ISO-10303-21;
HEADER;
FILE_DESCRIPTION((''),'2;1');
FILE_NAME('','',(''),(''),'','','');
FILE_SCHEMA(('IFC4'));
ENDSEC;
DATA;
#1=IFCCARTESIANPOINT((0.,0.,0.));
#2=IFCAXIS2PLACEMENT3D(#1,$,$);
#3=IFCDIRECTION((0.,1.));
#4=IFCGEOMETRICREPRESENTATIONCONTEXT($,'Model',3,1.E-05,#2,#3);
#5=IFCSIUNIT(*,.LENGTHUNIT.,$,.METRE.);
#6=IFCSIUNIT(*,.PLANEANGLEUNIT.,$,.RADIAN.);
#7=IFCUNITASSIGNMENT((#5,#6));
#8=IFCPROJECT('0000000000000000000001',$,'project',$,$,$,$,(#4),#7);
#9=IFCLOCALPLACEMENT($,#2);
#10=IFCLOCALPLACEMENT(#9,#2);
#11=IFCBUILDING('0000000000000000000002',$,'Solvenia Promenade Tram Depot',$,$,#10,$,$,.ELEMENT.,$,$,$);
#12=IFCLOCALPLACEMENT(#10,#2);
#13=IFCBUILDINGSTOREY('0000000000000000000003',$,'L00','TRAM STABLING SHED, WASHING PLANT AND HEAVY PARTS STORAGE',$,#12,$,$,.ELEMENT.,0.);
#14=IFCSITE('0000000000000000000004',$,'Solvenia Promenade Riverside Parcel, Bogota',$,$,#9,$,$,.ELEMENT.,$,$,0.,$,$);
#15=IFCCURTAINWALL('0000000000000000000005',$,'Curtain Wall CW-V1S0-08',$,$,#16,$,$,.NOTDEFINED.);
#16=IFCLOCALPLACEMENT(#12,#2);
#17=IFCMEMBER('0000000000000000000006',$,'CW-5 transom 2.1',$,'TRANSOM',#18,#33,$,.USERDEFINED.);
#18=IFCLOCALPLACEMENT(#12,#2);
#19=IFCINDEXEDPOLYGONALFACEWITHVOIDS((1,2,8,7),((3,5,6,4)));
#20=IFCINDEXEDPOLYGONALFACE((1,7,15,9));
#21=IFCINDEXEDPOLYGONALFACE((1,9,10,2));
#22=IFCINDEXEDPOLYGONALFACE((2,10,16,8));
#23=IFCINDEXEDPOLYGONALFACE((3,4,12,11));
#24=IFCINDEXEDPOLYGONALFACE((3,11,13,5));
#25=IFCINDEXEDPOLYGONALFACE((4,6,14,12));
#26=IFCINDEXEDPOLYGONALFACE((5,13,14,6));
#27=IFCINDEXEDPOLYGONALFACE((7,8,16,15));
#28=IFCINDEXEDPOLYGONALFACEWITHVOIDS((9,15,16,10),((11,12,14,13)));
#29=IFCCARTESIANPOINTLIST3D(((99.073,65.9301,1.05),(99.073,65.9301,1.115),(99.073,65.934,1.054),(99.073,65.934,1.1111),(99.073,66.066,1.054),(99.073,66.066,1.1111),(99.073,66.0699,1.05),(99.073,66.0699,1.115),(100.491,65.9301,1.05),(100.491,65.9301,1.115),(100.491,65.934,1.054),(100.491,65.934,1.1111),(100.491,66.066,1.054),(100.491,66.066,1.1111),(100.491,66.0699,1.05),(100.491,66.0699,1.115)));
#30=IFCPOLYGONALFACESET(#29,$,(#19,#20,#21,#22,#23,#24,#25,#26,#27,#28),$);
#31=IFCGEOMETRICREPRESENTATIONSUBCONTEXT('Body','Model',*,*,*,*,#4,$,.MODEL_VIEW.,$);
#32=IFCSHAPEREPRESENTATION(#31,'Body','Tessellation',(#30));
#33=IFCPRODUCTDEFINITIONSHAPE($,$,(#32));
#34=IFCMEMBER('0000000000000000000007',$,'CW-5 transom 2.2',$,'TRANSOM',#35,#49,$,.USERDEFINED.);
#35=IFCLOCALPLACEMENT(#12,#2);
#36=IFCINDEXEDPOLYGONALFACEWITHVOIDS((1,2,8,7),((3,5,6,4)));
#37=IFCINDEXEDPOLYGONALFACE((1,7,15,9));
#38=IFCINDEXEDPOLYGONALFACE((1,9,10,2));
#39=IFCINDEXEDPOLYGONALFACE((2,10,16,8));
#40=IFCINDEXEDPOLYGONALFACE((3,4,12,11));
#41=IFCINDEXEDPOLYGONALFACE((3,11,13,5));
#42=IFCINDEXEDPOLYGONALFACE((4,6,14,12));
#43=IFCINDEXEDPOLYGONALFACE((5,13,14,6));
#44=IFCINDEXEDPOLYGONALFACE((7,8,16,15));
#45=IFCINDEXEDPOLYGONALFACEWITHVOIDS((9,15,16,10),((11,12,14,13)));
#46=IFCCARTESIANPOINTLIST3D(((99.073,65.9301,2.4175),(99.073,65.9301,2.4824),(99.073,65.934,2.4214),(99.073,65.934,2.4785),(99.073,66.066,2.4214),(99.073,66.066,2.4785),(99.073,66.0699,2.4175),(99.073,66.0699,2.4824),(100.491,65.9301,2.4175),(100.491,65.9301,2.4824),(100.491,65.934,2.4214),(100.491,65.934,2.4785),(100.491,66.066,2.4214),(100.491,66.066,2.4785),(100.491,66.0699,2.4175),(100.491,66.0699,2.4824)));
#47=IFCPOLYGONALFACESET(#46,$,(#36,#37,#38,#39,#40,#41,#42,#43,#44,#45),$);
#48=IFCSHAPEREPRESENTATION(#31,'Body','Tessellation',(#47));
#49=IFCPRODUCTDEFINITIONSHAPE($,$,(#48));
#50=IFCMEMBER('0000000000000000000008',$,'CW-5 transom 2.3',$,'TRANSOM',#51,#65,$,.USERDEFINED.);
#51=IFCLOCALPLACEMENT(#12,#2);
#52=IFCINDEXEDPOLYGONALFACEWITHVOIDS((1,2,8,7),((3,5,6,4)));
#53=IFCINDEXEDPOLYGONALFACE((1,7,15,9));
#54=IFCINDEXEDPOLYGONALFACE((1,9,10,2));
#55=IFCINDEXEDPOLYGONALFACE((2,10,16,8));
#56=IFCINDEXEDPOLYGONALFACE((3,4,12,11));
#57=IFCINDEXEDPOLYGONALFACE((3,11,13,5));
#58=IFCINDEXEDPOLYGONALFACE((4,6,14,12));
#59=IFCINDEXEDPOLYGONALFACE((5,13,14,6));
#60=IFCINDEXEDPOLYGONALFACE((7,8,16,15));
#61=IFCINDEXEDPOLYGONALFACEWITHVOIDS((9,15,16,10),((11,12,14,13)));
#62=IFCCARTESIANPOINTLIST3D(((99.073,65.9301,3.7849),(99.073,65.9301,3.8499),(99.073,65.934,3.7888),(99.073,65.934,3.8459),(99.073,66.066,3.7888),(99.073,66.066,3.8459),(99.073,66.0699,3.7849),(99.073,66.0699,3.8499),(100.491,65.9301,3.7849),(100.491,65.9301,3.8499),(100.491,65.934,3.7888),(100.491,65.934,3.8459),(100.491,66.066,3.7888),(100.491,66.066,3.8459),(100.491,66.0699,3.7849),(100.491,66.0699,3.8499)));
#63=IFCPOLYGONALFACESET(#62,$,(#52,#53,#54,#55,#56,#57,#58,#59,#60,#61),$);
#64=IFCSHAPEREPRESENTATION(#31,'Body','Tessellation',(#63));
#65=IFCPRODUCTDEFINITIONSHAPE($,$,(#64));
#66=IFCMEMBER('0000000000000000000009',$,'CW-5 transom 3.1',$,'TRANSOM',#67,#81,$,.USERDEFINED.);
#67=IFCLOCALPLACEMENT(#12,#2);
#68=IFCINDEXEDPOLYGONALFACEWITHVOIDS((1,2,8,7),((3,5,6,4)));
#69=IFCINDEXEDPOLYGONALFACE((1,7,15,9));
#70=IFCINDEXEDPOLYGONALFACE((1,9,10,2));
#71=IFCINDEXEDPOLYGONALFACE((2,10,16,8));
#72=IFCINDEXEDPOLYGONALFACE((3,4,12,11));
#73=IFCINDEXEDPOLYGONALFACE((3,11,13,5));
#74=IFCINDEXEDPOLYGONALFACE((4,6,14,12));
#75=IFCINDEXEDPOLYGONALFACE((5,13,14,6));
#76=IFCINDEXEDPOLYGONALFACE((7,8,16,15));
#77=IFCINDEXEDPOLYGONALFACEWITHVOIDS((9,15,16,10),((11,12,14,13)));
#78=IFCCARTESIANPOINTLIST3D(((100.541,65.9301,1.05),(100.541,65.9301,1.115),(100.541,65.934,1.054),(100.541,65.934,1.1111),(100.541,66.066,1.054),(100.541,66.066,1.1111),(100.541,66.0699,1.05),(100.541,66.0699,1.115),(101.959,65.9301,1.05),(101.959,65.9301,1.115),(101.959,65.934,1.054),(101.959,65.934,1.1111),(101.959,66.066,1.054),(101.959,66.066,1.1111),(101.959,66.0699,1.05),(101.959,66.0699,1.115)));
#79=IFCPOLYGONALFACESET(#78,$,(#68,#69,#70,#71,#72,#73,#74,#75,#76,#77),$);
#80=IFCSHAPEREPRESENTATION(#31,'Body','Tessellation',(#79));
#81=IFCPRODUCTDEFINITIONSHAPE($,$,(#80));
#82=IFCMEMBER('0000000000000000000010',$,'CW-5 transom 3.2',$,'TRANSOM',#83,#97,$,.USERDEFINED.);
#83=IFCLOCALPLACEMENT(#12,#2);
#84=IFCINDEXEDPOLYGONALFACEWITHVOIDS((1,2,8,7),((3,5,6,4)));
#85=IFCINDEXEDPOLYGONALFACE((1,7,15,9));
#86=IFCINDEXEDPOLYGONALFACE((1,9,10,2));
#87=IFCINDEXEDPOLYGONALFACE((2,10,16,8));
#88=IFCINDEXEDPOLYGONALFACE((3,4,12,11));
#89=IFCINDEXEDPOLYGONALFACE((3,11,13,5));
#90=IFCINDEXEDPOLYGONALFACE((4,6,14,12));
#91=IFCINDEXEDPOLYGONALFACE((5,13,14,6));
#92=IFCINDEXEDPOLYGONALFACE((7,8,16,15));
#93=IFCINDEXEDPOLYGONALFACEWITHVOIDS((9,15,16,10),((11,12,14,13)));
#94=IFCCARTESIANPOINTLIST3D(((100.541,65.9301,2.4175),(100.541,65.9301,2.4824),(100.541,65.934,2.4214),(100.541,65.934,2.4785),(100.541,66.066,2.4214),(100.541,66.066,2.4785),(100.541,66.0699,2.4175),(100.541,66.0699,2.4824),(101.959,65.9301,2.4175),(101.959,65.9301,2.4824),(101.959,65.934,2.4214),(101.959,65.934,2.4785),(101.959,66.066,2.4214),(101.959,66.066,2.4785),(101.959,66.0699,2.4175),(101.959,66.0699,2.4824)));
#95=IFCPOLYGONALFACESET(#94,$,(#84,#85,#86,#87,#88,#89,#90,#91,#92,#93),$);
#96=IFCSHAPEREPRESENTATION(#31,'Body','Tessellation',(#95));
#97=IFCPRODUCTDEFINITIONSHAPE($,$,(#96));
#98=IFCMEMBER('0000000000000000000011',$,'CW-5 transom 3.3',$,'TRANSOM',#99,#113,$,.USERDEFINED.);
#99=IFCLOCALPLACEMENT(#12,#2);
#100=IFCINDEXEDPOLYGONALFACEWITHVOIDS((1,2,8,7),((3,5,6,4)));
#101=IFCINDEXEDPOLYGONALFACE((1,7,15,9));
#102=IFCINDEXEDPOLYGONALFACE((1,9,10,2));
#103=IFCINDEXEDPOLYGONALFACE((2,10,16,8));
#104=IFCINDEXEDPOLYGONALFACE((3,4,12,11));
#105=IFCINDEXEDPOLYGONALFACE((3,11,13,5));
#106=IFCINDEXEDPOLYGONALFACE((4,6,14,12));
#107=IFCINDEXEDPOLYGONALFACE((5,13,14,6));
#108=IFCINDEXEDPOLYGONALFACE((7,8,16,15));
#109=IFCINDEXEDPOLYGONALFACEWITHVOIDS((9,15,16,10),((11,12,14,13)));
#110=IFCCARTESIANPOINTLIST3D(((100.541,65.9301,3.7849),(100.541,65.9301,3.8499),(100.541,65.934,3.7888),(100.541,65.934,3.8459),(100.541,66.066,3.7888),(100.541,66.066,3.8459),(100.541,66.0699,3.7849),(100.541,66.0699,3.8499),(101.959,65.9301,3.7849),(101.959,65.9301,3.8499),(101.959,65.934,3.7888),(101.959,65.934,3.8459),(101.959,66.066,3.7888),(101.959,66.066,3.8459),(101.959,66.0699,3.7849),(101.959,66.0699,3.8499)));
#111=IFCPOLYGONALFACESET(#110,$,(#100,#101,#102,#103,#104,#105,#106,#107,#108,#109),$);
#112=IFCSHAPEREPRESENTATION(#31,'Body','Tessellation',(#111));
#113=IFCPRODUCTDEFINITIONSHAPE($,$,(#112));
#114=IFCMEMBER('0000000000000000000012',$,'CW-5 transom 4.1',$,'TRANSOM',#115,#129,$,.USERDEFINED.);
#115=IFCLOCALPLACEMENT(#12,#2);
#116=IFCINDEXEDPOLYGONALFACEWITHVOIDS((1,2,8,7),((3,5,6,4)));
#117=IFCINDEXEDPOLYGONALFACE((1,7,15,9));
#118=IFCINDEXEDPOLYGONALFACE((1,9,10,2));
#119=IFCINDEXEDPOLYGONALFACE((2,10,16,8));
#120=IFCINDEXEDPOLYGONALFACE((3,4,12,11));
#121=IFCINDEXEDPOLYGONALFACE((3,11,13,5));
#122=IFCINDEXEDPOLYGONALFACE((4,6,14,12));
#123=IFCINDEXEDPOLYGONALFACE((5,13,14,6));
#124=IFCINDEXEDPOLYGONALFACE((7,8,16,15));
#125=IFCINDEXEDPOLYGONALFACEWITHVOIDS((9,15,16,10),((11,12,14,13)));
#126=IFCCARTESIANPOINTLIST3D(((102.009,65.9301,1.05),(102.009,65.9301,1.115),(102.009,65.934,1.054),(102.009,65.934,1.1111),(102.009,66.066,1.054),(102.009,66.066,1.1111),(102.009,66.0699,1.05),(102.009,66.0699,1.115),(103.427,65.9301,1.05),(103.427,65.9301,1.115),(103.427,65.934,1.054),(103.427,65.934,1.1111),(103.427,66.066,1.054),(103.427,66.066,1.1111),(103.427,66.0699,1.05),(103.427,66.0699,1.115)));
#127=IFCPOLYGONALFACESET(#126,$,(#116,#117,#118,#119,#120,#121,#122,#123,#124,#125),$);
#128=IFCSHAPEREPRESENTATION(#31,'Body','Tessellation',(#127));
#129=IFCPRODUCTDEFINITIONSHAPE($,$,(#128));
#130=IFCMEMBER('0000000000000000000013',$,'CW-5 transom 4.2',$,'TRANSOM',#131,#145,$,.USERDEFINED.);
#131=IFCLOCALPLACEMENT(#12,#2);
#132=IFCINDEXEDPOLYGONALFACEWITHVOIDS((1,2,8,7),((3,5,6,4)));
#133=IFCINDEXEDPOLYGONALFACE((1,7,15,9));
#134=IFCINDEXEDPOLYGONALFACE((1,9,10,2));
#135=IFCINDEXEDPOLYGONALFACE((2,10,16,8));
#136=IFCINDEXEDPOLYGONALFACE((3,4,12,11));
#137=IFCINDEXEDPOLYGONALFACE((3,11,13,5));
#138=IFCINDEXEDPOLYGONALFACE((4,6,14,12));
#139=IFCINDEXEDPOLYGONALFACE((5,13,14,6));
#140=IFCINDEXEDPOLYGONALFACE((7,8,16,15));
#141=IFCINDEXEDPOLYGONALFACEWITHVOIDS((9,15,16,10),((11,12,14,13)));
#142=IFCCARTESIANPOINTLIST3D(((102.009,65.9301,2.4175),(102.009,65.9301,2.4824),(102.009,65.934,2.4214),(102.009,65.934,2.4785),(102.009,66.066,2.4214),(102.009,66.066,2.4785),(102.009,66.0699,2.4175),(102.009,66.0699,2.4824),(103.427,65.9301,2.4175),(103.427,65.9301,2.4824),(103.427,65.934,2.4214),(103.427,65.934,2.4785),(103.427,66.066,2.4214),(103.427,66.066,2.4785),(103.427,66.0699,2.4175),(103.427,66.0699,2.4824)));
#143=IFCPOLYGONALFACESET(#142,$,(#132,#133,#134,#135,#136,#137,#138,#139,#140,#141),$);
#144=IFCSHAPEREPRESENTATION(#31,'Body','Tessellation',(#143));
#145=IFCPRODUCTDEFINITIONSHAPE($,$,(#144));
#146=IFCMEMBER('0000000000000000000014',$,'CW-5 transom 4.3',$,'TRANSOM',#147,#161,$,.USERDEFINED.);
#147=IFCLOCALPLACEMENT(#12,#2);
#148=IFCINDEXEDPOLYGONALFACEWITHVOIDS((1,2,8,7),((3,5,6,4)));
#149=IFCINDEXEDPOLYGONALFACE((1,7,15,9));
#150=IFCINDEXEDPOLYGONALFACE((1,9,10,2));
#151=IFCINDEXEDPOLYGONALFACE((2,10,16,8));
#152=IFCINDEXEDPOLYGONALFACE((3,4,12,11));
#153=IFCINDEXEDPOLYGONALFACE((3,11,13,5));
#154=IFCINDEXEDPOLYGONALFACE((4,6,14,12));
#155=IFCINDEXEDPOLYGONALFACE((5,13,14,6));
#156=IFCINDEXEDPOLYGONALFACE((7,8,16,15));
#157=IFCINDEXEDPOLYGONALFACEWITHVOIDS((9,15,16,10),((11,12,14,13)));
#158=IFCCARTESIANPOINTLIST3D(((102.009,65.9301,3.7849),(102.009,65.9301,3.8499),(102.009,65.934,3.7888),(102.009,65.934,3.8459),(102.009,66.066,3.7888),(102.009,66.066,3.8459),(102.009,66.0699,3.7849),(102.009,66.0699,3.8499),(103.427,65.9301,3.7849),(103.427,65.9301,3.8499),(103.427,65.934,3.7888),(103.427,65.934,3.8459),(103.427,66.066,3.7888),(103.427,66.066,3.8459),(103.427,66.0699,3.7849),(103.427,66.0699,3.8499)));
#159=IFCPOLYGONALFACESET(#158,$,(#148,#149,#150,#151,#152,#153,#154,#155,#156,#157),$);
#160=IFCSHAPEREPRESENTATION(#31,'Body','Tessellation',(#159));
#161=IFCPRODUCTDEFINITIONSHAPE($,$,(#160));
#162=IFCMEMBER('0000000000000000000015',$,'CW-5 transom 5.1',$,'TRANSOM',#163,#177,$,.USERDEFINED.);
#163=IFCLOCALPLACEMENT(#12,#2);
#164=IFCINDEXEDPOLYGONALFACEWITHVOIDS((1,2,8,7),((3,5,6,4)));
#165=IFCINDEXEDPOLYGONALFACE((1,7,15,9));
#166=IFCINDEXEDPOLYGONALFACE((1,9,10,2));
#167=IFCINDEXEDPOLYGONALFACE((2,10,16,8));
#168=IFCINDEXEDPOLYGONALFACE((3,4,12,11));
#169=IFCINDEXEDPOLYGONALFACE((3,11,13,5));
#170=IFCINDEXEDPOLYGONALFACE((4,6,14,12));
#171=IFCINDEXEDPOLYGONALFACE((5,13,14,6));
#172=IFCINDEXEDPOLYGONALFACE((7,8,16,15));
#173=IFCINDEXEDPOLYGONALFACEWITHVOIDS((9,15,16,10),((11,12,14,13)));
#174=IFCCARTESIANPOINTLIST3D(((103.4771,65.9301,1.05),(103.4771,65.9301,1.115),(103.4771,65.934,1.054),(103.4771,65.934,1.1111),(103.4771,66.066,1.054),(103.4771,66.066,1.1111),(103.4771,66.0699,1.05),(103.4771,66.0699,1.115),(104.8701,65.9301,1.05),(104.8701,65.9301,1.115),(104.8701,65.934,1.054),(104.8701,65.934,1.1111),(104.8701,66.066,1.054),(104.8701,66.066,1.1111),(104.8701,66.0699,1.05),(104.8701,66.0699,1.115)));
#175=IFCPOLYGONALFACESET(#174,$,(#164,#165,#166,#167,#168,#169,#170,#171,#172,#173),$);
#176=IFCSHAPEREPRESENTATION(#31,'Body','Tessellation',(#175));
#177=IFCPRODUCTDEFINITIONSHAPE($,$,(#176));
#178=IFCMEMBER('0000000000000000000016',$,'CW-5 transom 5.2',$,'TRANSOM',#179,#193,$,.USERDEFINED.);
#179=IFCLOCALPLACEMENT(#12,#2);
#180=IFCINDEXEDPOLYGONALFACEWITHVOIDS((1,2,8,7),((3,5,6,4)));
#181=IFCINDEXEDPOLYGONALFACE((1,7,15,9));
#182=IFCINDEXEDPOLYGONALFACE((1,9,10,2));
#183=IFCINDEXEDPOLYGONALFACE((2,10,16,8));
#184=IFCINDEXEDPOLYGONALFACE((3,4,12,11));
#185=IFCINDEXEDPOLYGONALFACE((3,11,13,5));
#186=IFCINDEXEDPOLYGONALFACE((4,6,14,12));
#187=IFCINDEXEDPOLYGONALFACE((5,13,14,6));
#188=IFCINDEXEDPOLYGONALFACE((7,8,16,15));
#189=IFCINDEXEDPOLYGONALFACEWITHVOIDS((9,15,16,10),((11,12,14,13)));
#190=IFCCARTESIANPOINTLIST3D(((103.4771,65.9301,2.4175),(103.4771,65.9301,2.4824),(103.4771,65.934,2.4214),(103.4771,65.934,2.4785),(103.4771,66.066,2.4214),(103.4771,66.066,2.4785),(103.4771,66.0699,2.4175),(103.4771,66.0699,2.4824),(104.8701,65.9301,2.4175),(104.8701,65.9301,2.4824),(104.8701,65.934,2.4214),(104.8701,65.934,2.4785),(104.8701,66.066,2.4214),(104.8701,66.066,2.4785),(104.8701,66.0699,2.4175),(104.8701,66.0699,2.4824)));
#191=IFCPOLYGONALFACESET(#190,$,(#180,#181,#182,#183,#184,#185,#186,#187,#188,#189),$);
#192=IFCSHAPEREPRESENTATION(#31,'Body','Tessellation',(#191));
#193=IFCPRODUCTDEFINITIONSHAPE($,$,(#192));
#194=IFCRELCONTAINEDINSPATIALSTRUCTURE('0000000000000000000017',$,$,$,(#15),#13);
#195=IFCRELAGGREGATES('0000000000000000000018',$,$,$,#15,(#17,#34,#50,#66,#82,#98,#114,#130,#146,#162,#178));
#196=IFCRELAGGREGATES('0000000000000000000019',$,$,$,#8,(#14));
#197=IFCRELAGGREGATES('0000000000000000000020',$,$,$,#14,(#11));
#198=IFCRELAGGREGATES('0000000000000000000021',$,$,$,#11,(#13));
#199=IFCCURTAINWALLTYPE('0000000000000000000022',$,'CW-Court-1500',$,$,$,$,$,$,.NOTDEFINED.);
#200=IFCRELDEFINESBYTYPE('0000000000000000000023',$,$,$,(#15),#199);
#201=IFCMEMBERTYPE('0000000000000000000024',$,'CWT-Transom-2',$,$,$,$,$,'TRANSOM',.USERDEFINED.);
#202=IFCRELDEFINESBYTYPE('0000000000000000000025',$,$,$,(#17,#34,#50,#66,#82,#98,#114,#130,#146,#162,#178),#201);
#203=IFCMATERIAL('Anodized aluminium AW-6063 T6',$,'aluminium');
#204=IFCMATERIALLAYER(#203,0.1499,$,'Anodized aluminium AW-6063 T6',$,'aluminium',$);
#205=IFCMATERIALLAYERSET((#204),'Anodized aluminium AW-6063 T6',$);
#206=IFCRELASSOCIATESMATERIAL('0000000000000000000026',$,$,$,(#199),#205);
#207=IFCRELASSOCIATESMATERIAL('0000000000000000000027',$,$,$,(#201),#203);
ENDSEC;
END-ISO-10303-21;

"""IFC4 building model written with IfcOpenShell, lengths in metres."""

from ifc_helpers import new_model, si_unit, direction, frame, origin, origin_2d, place, context, subcontext, project, spatial, hollow_rectangle, extrude, material, layer, layer_set, material_profile, profile_set, type_object, element, aggregate, save


model = new_model("IFC4")

# Units and contexts
model_context = context("Model", 3, precision=1e-05, world=origin(), true_north=direction((0.0, 1.0)))
body_context = subcontext(model_context, "Body", "Model", "MODEL_VIEW")
ifc_project = project(units=[si_unit("LENGTHUNIT", "METRE"), si_unit("PLANEANGLEUNIT", "RADIAN")], contexts=[model_context])

# Site, building, storey
site_placement = place(None, origin())
site = spatial("IfcSite", under=ifc_project, at=site_placement, Name="Solvenia Promenade Riverside Parcel, Bogota", CompositionType="ELEMENT", RefElevation=0.0)
building_placement = place(site_placement, origin())
building = spatial("IfcBuilding", under=site, at=building_placement, Name="Solvenia Promenade Tram Depot", CompositionType="ELEMENT")
storey_placement = place(building_placement, origin())
storey = spatial("IfcBuildingStorey", under=building, at=storey_placement, Name="L00", Description="TRAM STABLING SHED, WASHING PLANT AND HEAVY PARTS STORAGE", CompositionType="ELEMENT", Elevation=0.0)

# Curtain wall, members
ifc_material_1 = material(Name="Anodized aluminium AW-6063 T6", Category="aluminium")
ifc_layer_1 = layer(ifc_material_1, 0.1499, Name="Anodized aluminium AW-6063 T6", Category="aluminium")
ifc_layer_set_1 = layer_set([ifc_layer_1], Name="Anodized aluminium AW-6063 T6")
curtain_wall_type = type_object("IfcCurtainWallType", Name="CW-Court-1500", PredefinedType="NOTDEFINED", material=ifc_layer_set_1)
curtain_wall_placement = place(storey_placement, origin())
curtain_wall = element("IfcCurtainWall", 1, at=curtain_wall_placement, inside=storey, type_object=curtain_wall_type, Name="Curtain Wall CW-V1S0-08", PredefinedType="NOTDEFINED")
ifc_material_profile_1 = material_profile(ifc_material_1, hollow_rectangle(XDim=0.1399, YDim=0.0649, WallThickness=0.0039, at=origin_2d()), Name="ALU-T2", Category="aluminium")
ifc_profile_set_1 = profile_set([ifc_material_profile_1], Name="Anodized aluminium AW-6063 T6")
member_type_1 = type_object("IfcMemberType", Name="CWT-Transom-2", ElementType="TRANSOM", PredefinedType="USERDEFINED", material=ifc_profile_set_1)
member_1_placement = place(storey_placement, frame((99.073, 66.0, 1.0825), z_axis=(1.0, 0.0, 0.0), x_axis=(0.0, 1.0, 0.0)))
member_1 = element("IfcMember", 2, at=member_1_placement, type_object=member_type_1, Name="CW-5 transom 2.1", ObjectType="TRANSOM", PredefinedType="USERDEFINED", context=body_context, shape_type="SweptSolid", body=[
    extrude(hollow_rectangle(XDim=0.1399, YDim=0.0649, WallThickness=0.0039, at=origin_2d()), origin(), (0.0, 0.0, 1.0), 1.418),
])
member_2_placement = place(storey_placement, frame((99.073, 66.0, 2.45), z_axis=(1.0, 0.0, 0.0), x_axis=(0.0, 1.0, 0.0)))
member_2 = element("IfcMember", 3, at=member_2_placement, type_object=member_type_1, Name="CW-5 transom 2.2", ObjectType="TRANSOM", PredefinedType="USERDEFINED", context=body_context, shape_type="SweptSolid", body=[
    extrude(hollow_rectangle(XDim=0.1399, YDim=0.0649, WallThickness=0.0039, at=origin_2d()), origin(), (0.0, 0.0, 1.0), 1.418),
])
member_3_placement = place(storey_placement, frame((99.073, 66.0, 3.8174), z_axis=(1.0, 0.0, 0.0), x_axis=(0.0, 1.0, 0.0)))
member_3 = element("IfcMember", 4, at=member_3_placement, type_object=member_type_1, Name="CW-5 transom 2.3", ObjectType="TRANSOM", PredefinedType="USERDEFINED", context=body_context, shape_type="SweptSolid", body=[
    extrude(hollow_rectangle(XDim=0.1399, YDim=0.0649, WallThickness=0.0039, at=origin_2d()), origin(), (0.0, 0.0, 1.0), 1.418),
])
member_4_placement = place(storey_placement, frame((100.541, 66.0, 1.0825), z_axis=(1.0, 0.0, 0.0), x_axis=(0.0, 1.0, 0.0)))
member_4 = element("IfcMember", 5, at=member_4_placement, type_object=member_type_1, Name="CW-5 transom 3.1", ObjectType="TRANSOM", PredefinedType="USERDEFINED", context=body_context, shape_type="SweptSolid", body=[
    extrude(hollow_rectangle(XDim=0.1399, YDim=0.0649, WallThickness=0.0039, at=origin_2d()), origin(), (0.0, 0.0, 1.0), 1.418),
])
member_5_placement = place(storey_placement, frame((100.541, 66.0, 2.45), z_axis=(1.0, 0.0, 0.0), x_axis=(0.0, 1.0, 0.0)))
member_5 = element("IfcMember", 6, at=member_5_placement, type_object=member_type_1, Name="CW-5 transom 3.2", ObjectType="TRANSOM", PredefinedType="USERDEFINED", context=body_context, shape_type="SweptSolid", body=[
    extrude(hollow_rectangle(XDim=0.1399, YDim=0.0649, WallThickness=0.0039, at=origin_2d()), origin(), (0.0, 0.0, 1.0), 1.418),
])
member_6_placement = place(storey_placement, frame((100.541, 66.0, 3.8174), z_axis=(1.0, 0.0, 0.0), x_axis=(0.0, 1.0, 0.0)))
member_6 = element("IfcMember", 7, at=member_6_placement, type_object=member_type_1, Name="CW-5 transom 3.3", ObjectType="TRANSOM", PredefinedType="USERDEFINED", context=body_context, shape_type="SweptSolid", body=[
    extrude(hollow_rectangle(XDim=0.1399, YDim=0.0649, WallThickness=0.0039, at=origin_2d()), origin(), (0.0, 0.0, 1.0), 1.418),
])
member_7_placement = place(storey_placement, frame((102.009, 66.0, 1.0825), z_axis=(1.0, 0.0, 0.0), x_axis=(0.0, 1.0, 0.0)))
member_7 = element("IfcMember", 8, at=member_7_placement, type_object=member_type_1, Name="CW-5 transom 4.1", ObjectType="TRANSOM", PredefinedType="USERDEFINED", context=body_context, shape_type="SweptSolid", body=[
    extrude(hollow_rectangle(XDim=0.1399, YDim=0.0649, WallThickness=0.0039, at=origin_2d()), origin(), (0.0, 0.0, 1.0), 1.418),
])
member_8_placement = place(storey_placement, frame((102.009, 66.0, 2.45), z_axis=(1.0, 0.0, 0.0), x_axis=(0.0, 1.0, 0.0)))
member_8 = element("IfcMember", 9, at=member_8_placement, type_object=member_type_1, Name="CW-5 transom 4.2", ObjectType="TRANSOM", PredefinedType="USERDEFINED", context=body_context, shape_type="SweptSolid", body=[
    extrude(hollow_rectangle(XDim=0.1399, YDim=0.0649, WallThickness=0.0039, at=origin_2d()), origin(), (0.0, 0.0, 1.0), 1.418),
])
member_9_placement = place(storey_placement, frame((102.009, 66.0, 3.8174), z_axis=(1.0, 0.0, 0.0), x_axis=(0.0, 1.0, 0.0)))
member_9 = element("IfcMember", 10, at=member_9_placement, type_object=member_type_1, Name="CW-5 transom 4.3", ObjectType="TRANSOM", PredefinedType="USERDEFINED", context=body_context, shape_type="SweptSolid", body=[
    extrude(hollow_rectangle(XDim=0.1399, YDim=0.0649, WallThickness=0.0039, at=origin_2d()), origin(), (0.0, 0.0, 1.0), 1.418),
])
member_10_placement = place(storey_placement, frame((103.4771, 66.0, 1.0825), z_axis=(1.0, 0.0, 0.0), x_axis=(0.0, 1.0, 0.0)))
member_10 = element("IfcMember", 11, at=member_10_placement, type_object=member_type_1, Name="CW-5 transom 5.1", ObjectType="TRANSOM", PredefinedType="USERDEFINED", context=body_context, shape_type="SweptSolid", body=[
    extrude(hollow_rectangle(XDim=0.1399, YDim=0.0649, WallThickness=0.0039, at=origin_2d()), origin(), (0.0, 0.0, 1.0), 1.3931),
])
member_11_placement = place(storey_placement, frame((103.4771, 66.0, 2.45), z_axis=(1.0, 0.0, 0.0), x_axis=(0.0, 1.0, 0.0)))
member_11 = element("IfcMember", 12, at=member_11_placement, type_object=member_type_1, Name="CW-5 transom 5.2", ObjectType="TRANSOM", PredefinedType="USERDEFINED", context=body_context, shape_type="SweptSolid", body=[
    extrude(hollow_rectangle(XDim=0.1399, YDim=0.0649, WallThickness=0.0039, at=origin_2d()), origin(), (0.0, 0.0, 1.0), 1.3931),
])
aggregate(curtain_wall, [member_1, member_2, member_3, member_4, member_5, member_6, member_7, member_8, member_9, member_10, member_11])

save(model, "model.ifc")
